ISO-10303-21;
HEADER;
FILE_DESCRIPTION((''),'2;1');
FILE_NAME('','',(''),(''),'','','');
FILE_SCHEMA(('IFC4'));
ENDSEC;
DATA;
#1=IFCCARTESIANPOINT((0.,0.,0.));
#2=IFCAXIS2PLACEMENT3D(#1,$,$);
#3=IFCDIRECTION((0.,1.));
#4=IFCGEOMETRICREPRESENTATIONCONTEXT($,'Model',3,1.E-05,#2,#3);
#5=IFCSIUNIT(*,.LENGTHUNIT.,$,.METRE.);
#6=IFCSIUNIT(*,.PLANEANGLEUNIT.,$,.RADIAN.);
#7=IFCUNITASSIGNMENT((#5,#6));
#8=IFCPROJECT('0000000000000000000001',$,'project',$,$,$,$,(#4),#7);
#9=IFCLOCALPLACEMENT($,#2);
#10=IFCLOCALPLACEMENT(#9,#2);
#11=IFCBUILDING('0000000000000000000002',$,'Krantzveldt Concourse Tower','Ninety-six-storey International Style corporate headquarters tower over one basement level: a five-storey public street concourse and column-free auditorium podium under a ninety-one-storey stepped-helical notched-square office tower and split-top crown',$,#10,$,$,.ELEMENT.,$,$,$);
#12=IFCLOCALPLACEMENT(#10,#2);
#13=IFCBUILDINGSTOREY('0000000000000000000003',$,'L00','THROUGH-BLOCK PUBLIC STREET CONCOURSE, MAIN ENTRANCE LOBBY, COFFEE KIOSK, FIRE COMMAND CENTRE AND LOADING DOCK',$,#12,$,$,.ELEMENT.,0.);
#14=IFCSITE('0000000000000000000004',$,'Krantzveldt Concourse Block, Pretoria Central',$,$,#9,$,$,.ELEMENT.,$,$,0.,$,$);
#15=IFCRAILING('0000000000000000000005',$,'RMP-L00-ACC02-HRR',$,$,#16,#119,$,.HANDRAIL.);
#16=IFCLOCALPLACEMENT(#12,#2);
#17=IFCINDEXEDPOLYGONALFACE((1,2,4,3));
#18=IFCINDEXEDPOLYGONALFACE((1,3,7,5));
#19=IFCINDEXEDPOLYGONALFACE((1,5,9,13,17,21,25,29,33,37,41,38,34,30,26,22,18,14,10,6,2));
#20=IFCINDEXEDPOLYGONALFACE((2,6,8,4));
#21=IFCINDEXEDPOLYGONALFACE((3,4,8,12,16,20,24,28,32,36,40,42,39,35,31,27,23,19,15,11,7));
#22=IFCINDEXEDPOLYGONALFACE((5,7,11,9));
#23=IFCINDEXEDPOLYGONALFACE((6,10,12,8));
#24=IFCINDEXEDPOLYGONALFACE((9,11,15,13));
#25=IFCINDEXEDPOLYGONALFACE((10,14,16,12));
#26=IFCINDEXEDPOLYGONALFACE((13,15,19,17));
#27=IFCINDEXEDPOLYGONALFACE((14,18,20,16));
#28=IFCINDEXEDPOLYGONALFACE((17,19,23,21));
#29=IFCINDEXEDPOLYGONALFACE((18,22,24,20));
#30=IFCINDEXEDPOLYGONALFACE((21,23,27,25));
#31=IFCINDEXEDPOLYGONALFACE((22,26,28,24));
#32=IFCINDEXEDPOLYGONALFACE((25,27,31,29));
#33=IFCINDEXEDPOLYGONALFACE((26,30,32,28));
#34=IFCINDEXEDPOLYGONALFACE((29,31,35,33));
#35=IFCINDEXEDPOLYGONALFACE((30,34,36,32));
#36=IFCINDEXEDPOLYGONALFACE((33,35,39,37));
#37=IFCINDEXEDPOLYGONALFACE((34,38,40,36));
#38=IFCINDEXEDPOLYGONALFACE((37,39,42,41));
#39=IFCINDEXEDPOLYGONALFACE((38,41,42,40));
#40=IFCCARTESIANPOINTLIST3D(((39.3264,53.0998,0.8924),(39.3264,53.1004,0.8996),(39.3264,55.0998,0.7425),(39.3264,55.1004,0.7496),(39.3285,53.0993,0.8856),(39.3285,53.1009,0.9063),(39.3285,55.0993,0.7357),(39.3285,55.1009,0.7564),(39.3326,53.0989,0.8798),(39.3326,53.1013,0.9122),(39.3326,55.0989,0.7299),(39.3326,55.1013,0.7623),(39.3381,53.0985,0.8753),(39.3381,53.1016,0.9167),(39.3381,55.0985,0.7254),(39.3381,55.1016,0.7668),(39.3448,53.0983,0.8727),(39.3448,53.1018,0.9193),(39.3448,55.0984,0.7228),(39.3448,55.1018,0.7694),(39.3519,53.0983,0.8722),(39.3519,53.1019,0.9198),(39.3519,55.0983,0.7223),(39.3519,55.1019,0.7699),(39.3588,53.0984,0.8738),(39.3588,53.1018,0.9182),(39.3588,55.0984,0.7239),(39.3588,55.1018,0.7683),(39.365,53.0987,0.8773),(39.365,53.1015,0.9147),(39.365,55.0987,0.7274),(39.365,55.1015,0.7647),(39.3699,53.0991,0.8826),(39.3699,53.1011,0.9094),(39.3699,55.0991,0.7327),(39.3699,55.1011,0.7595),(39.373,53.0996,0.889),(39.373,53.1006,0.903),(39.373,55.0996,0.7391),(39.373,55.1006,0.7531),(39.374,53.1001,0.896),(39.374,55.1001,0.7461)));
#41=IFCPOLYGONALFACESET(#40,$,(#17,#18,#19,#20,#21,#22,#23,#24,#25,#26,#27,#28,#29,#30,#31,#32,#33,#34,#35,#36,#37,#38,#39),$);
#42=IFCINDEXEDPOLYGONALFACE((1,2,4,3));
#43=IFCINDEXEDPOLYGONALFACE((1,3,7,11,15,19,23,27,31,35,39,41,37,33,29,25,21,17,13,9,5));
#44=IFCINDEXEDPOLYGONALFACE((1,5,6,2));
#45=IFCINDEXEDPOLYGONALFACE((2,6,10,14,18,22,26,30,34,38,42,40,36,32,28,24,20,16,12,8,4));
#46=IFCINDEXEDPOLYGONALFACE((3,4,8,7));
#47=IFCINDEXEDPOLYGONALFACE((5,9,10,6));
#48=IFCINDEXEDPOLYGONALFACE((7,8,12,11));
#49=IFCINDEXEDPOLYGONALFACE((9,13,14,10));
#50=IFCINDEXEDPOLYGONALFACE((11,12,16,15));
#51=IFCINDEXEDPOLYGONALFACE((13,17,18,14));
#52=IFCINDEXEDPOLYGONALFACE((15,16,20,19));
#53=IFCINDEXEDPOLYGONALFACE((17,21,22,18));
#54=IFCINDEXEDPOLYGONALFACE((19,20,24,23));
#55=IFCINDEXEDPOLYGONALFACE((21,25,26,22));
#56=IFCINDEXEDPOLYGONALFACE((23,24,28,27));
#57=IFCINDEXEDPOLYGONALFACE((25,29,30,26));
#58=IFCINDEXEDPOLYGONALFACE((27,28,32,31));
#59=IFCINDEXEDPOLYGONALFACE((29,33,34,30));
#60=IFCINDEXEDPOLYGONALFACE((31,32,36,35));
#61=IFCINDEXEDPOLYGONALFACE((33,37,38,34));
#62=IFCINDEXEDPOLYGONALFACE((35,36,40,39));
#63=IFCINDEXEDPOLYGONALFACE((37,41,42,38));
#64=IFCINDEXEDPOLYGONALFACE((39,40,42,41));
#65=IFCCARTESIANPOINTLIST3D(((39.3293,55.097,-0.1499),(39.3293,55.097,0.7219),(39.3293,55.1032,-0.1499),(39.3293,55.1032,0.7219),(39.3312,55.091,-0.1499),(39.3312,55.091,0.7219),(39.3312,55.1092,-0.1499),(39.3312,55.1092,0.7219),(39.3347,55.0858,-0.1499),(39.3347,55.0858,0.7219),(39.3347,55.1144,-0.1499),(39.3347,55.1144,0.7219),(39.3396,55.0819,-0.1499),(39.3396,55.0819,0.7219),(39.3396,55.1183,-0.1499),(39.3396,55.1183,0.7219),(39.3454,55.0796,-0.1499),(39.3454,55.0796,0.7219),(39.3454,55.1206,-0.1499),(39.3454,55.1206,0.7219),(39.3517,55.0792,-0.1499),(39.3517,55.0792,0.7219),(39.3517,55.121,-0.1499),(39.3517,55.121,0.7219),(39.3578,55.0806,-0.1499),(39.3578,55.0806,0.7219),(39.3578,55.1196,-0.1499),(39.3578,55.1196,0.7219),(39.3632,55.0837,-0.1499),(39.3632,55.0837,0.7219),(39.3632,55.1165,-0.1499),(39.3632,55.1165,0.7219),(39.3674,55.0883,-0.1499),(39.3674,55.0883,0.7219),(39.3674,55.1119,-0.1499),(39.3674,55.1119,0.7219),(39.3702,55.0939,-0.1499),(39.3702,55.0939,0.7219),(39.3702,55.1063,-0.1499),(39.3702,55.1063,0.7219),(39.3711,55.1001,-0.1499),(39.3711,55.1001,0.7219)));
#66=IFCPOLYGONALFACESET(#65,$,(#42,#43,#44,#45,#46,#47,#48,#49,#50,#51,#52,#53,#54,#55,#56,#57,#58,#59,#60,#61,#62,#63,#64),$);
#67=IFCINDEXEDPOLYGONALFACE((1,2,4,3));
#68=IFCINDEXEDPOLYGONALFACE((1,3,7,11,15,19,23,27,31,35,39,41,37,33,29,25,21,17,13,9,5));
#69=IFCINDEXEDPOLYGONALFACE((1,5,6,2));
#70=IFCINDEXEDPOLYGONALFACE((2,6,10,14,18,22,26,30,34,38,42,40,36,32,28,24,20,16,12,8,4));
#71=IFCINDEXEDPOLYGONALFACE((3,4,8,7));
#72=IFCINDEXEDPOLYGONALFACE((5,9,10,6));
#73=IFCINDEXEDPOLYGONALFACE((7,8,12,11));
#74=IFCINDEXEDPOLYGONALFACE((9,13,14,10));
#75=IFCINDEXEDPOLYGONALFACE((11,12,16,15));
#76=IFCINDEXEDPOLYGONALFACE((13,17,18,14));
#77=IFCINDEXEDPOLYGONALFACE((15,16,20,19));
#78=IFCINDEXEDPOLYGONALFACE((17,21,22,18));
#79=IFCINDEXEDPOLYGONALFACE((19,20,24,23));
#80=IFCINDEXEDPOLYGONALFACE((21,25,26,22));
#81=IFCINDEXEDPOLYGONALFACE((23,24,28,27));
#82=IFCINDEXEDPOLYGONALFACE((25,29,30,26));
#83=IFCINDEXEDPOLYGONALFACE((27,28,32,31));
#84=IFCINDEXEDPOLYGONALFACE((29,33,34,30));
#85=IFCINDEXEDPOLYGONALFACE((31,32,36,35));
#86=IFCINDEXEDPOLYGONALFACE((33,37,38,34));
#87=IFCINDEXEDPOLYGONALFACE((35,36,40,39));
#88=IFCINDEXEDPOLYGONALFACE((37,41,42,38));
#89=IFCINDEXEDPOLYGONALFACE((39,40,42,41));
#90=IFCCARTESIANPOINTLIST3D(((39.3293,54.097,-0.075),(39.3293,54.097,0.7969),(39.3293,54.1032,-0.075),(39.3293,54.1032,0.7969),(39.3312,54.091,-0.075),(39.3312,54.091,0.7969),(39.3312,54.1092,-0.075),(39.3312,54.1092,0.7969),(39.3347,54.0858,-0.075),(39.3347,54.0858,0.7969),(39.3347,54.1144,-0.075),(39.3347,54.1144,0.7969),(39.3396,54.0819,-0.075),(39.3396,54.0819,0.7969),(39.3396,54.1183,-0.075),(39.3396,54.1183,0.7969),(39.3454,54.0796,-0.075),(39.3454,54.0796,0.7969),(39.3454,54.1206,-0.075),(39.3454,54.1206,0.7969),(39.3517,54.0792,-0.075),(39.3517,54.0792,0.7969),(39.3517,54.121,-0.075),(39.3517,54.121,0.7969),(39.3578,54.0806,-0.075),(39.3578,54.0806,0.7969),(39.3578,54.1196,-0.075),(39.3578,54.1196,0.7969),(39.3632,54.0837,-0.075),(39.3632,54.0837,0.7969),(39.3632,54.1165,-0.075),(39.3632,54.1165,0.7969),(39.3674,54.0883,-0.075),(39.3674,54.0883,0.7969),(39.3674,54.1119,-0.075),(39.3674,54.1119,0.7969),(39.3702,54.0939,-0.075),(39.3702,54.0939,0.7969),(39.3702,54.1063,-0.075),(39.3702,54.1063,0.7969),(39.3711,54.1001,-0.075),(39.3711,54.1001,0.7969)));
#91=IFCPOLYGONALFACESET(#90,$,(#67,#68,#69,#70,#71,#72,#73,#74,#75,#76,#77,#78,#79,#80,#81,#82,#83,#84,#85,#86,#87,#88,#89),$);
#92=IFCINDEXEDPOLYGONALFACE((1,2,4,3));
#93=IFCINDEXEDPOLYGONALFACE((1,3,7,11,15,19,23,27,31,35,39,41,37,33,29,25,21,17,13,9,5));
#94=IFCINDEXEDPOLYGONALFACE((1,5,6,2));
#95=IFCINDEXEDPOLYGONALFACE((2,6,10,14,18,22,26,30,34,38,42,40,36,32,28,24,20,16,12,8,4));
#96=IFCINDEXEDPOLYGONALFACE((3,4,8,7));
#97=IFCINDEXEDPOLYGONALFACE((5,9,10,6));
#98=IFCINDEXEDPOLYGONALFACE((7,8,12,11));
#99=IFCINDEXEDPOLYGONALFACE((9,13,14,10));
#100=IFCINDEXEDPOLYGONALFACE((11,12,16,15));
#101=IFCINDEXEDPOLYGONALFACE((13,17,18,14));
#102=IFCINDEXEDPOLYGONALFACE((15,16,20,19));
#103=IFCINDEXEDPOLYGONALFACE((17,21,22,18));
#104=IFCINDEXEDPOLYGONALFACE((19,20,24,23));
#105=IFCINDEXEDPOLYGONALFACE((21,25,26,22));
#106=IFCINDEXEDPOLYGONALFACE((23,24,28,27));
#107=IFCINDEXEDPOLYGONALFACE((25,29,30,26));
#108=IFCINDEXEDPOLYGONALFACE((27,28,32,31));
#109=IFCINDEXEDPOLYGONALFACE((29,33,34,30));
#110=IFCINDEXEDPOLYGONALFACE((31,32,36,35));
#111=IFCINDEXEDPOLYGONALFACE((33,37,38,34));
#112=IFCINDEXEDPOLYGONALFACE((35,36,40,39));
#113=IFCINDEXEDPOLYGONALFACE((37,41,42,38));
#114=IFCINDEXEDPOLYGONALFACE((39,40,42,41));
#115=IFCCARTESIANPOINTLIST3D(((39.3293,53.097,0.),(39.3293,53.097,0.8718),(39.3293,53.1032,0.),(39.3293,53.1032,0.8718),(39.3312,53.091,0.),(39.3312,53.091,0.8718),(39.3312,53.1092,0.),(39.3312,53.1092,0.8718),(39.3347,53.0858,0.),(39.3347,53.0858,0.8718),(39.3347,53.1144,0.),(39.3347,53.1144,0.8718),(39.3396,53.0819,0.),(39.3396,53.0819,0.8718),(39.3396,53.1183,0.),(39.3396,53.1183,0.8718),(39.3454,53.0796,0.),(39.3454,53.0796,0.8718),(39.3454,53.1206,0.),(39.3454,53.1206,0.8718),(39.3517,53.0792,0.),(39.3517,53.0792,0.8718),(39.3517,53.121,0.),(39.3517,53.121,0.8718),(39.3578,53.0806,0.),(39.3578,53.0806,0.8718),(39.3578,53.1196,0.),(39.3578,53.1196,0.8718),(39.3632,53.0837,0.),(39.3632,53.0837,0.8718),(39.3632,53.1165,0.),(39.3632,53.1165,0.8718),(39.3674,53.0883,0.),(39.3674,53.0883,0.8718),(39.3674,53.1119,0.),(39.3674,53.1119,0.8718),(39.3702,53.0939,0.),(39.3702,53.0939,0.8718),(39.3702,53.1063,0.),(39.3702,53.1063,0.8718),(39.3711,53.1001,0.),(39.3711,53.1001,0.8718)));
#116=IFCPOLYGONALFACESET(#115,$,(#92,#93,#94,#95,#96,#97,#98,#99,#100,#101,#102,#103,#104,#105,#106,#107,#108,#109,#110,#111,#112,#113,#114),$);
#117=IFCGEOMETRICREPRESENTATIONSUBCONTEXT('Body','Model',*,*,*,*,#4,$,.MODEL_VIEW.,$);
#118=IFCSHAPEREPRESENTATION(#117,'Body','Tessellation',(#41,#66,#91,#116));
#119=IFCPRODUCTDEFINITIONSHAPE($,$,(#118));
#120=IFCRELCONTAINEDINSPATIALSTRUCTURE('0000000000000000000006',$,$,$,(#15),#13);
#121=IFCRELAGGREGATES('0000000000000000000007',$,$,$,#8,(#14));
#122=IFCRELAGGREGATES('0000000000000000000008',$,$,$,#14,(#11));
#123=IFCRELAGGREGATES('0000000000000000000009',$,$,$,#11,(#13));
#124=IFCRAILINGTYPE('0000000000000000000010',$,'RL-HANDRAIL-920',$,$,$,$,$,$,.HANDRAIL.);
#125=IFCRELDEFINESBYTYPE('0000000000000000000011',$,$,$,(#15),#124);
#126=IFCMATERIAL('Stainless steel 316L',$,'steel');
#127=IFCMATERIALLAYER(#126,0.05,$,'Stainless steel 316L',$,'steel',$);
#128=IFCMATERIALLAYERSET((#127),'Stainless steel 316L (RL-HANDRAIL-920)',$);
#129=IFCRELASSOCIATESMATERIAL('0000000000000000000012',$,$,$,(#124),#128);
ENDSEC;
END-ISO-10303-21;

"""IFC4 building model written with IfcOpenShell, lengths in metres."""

from ifc_helpers import new_model, si_unit, direction, frame, origin, origin_2d, place, context, subcontext, project, spatial, circle, extrude, material, layer, layer_set, type_object, element, save


model = new_model("IFC4")

# Units and contexts
model_context = context("Model", 3, precision=1e-05, world=origin(), true_north=direction((0.0, 1.0)))
body_context = subcontext(model_context, "Body", "Model", "MODEL_VIEW")
ifc_project = project(units=[si_unit("LENGTHUNIT", "METRE"), si_unit("PLANEANGLEUNIT", "RADIAN")], contexts=[model_context])

# Site, building, storey
site_placement = place(None, origin())
site = spatial("IfcSite", under=ifc_project, at=site_placement, Name="Krantzveldt Concourse Block, Pretoria Central", CompositionType="ELEMENT", RefElevation=0.0)
building_placement = place(site_placement, origin())
building = spatial("IfcBuilding", under=site, at=building_placement, Name="Krantzveldt Concourse Tower", Description="Ninety-six-storey International Style corporate headquarters tower over one basement level: a five-storey public street concourse and column-free auditorium podium under a ninety-one-storey stepped-helical notched-square office tower and split-top crown", CompositionType="ELEMENT")
storey_placement = place(building_placement, origin())
storey = spatial("IfcBuildingStorey", under=building, at=storey_placement, Name="L00", Description="THROUGH-BLOCK PUBLIC STREET CONCOURSE, MAIN ENTRANCE LOBBY, COFFEE KIOSK, FIRE COMMAND CENTRE AND LOADING DOCK", CompositionType="ELEMENT", Elevation=0.0)

# Shared definitions
ifc_material_1 = material(Name="Stainless steel 316L", Category="steel")

# Railing
ifc_layer_1 = layer(ifc_material_1, 0.05, Name="Stainless steel 316L", Category="steel")
ifc_layer_set_1 = layer_set([ifc_layer_1], Name="Stainless steel 316L (RL-HANDRAIL-920)")
railing_type = type_object("IfcRailingType", Name="RL-HANDRAIL-920", PredefinedType="HANDRAIL", material=ifc_layer_set_1)
for number, where, name in (
    (1, (39.3501, 55.1001, -0.1499), "RMP-L00-ACC02-HRR"),
):
    element("IfcRailing", number, at=place(storey_placement, frame(where)), inside=storey, type_object=railing_type, Name=name, PredefinedType="HANDRAIL", context=body_context, shape_type="SweptSolid", body=[
        extrude(circle(Radius=0.0239, at=origin_2d()), frame((0.0, 0.0, 0.896), z_axis=(0.0, -0.997203, 0.074742), x_axis=(1.0, 0.0, 0.0)), (0.0, 0.0, 1.0), 2.0056),
        extrude(circle(Radius=0.021, at=origin_2d()), origin(), (0.0, 0.0, 1.0), 0.8718),
        extrude(circle(Radius=0.021, at=origin_2d()), frame((0.0, -1.0, 0.075)), (0.0, 0.0, 1.0), 0.8718),
        extrude(circle(Radius=0.021, at=origin_2d()), frame((0.0, -2.0, 0.1499)), (0.0, 0.0, 1.0), 0.8718),
    ])

save(model, "model.ifc")
